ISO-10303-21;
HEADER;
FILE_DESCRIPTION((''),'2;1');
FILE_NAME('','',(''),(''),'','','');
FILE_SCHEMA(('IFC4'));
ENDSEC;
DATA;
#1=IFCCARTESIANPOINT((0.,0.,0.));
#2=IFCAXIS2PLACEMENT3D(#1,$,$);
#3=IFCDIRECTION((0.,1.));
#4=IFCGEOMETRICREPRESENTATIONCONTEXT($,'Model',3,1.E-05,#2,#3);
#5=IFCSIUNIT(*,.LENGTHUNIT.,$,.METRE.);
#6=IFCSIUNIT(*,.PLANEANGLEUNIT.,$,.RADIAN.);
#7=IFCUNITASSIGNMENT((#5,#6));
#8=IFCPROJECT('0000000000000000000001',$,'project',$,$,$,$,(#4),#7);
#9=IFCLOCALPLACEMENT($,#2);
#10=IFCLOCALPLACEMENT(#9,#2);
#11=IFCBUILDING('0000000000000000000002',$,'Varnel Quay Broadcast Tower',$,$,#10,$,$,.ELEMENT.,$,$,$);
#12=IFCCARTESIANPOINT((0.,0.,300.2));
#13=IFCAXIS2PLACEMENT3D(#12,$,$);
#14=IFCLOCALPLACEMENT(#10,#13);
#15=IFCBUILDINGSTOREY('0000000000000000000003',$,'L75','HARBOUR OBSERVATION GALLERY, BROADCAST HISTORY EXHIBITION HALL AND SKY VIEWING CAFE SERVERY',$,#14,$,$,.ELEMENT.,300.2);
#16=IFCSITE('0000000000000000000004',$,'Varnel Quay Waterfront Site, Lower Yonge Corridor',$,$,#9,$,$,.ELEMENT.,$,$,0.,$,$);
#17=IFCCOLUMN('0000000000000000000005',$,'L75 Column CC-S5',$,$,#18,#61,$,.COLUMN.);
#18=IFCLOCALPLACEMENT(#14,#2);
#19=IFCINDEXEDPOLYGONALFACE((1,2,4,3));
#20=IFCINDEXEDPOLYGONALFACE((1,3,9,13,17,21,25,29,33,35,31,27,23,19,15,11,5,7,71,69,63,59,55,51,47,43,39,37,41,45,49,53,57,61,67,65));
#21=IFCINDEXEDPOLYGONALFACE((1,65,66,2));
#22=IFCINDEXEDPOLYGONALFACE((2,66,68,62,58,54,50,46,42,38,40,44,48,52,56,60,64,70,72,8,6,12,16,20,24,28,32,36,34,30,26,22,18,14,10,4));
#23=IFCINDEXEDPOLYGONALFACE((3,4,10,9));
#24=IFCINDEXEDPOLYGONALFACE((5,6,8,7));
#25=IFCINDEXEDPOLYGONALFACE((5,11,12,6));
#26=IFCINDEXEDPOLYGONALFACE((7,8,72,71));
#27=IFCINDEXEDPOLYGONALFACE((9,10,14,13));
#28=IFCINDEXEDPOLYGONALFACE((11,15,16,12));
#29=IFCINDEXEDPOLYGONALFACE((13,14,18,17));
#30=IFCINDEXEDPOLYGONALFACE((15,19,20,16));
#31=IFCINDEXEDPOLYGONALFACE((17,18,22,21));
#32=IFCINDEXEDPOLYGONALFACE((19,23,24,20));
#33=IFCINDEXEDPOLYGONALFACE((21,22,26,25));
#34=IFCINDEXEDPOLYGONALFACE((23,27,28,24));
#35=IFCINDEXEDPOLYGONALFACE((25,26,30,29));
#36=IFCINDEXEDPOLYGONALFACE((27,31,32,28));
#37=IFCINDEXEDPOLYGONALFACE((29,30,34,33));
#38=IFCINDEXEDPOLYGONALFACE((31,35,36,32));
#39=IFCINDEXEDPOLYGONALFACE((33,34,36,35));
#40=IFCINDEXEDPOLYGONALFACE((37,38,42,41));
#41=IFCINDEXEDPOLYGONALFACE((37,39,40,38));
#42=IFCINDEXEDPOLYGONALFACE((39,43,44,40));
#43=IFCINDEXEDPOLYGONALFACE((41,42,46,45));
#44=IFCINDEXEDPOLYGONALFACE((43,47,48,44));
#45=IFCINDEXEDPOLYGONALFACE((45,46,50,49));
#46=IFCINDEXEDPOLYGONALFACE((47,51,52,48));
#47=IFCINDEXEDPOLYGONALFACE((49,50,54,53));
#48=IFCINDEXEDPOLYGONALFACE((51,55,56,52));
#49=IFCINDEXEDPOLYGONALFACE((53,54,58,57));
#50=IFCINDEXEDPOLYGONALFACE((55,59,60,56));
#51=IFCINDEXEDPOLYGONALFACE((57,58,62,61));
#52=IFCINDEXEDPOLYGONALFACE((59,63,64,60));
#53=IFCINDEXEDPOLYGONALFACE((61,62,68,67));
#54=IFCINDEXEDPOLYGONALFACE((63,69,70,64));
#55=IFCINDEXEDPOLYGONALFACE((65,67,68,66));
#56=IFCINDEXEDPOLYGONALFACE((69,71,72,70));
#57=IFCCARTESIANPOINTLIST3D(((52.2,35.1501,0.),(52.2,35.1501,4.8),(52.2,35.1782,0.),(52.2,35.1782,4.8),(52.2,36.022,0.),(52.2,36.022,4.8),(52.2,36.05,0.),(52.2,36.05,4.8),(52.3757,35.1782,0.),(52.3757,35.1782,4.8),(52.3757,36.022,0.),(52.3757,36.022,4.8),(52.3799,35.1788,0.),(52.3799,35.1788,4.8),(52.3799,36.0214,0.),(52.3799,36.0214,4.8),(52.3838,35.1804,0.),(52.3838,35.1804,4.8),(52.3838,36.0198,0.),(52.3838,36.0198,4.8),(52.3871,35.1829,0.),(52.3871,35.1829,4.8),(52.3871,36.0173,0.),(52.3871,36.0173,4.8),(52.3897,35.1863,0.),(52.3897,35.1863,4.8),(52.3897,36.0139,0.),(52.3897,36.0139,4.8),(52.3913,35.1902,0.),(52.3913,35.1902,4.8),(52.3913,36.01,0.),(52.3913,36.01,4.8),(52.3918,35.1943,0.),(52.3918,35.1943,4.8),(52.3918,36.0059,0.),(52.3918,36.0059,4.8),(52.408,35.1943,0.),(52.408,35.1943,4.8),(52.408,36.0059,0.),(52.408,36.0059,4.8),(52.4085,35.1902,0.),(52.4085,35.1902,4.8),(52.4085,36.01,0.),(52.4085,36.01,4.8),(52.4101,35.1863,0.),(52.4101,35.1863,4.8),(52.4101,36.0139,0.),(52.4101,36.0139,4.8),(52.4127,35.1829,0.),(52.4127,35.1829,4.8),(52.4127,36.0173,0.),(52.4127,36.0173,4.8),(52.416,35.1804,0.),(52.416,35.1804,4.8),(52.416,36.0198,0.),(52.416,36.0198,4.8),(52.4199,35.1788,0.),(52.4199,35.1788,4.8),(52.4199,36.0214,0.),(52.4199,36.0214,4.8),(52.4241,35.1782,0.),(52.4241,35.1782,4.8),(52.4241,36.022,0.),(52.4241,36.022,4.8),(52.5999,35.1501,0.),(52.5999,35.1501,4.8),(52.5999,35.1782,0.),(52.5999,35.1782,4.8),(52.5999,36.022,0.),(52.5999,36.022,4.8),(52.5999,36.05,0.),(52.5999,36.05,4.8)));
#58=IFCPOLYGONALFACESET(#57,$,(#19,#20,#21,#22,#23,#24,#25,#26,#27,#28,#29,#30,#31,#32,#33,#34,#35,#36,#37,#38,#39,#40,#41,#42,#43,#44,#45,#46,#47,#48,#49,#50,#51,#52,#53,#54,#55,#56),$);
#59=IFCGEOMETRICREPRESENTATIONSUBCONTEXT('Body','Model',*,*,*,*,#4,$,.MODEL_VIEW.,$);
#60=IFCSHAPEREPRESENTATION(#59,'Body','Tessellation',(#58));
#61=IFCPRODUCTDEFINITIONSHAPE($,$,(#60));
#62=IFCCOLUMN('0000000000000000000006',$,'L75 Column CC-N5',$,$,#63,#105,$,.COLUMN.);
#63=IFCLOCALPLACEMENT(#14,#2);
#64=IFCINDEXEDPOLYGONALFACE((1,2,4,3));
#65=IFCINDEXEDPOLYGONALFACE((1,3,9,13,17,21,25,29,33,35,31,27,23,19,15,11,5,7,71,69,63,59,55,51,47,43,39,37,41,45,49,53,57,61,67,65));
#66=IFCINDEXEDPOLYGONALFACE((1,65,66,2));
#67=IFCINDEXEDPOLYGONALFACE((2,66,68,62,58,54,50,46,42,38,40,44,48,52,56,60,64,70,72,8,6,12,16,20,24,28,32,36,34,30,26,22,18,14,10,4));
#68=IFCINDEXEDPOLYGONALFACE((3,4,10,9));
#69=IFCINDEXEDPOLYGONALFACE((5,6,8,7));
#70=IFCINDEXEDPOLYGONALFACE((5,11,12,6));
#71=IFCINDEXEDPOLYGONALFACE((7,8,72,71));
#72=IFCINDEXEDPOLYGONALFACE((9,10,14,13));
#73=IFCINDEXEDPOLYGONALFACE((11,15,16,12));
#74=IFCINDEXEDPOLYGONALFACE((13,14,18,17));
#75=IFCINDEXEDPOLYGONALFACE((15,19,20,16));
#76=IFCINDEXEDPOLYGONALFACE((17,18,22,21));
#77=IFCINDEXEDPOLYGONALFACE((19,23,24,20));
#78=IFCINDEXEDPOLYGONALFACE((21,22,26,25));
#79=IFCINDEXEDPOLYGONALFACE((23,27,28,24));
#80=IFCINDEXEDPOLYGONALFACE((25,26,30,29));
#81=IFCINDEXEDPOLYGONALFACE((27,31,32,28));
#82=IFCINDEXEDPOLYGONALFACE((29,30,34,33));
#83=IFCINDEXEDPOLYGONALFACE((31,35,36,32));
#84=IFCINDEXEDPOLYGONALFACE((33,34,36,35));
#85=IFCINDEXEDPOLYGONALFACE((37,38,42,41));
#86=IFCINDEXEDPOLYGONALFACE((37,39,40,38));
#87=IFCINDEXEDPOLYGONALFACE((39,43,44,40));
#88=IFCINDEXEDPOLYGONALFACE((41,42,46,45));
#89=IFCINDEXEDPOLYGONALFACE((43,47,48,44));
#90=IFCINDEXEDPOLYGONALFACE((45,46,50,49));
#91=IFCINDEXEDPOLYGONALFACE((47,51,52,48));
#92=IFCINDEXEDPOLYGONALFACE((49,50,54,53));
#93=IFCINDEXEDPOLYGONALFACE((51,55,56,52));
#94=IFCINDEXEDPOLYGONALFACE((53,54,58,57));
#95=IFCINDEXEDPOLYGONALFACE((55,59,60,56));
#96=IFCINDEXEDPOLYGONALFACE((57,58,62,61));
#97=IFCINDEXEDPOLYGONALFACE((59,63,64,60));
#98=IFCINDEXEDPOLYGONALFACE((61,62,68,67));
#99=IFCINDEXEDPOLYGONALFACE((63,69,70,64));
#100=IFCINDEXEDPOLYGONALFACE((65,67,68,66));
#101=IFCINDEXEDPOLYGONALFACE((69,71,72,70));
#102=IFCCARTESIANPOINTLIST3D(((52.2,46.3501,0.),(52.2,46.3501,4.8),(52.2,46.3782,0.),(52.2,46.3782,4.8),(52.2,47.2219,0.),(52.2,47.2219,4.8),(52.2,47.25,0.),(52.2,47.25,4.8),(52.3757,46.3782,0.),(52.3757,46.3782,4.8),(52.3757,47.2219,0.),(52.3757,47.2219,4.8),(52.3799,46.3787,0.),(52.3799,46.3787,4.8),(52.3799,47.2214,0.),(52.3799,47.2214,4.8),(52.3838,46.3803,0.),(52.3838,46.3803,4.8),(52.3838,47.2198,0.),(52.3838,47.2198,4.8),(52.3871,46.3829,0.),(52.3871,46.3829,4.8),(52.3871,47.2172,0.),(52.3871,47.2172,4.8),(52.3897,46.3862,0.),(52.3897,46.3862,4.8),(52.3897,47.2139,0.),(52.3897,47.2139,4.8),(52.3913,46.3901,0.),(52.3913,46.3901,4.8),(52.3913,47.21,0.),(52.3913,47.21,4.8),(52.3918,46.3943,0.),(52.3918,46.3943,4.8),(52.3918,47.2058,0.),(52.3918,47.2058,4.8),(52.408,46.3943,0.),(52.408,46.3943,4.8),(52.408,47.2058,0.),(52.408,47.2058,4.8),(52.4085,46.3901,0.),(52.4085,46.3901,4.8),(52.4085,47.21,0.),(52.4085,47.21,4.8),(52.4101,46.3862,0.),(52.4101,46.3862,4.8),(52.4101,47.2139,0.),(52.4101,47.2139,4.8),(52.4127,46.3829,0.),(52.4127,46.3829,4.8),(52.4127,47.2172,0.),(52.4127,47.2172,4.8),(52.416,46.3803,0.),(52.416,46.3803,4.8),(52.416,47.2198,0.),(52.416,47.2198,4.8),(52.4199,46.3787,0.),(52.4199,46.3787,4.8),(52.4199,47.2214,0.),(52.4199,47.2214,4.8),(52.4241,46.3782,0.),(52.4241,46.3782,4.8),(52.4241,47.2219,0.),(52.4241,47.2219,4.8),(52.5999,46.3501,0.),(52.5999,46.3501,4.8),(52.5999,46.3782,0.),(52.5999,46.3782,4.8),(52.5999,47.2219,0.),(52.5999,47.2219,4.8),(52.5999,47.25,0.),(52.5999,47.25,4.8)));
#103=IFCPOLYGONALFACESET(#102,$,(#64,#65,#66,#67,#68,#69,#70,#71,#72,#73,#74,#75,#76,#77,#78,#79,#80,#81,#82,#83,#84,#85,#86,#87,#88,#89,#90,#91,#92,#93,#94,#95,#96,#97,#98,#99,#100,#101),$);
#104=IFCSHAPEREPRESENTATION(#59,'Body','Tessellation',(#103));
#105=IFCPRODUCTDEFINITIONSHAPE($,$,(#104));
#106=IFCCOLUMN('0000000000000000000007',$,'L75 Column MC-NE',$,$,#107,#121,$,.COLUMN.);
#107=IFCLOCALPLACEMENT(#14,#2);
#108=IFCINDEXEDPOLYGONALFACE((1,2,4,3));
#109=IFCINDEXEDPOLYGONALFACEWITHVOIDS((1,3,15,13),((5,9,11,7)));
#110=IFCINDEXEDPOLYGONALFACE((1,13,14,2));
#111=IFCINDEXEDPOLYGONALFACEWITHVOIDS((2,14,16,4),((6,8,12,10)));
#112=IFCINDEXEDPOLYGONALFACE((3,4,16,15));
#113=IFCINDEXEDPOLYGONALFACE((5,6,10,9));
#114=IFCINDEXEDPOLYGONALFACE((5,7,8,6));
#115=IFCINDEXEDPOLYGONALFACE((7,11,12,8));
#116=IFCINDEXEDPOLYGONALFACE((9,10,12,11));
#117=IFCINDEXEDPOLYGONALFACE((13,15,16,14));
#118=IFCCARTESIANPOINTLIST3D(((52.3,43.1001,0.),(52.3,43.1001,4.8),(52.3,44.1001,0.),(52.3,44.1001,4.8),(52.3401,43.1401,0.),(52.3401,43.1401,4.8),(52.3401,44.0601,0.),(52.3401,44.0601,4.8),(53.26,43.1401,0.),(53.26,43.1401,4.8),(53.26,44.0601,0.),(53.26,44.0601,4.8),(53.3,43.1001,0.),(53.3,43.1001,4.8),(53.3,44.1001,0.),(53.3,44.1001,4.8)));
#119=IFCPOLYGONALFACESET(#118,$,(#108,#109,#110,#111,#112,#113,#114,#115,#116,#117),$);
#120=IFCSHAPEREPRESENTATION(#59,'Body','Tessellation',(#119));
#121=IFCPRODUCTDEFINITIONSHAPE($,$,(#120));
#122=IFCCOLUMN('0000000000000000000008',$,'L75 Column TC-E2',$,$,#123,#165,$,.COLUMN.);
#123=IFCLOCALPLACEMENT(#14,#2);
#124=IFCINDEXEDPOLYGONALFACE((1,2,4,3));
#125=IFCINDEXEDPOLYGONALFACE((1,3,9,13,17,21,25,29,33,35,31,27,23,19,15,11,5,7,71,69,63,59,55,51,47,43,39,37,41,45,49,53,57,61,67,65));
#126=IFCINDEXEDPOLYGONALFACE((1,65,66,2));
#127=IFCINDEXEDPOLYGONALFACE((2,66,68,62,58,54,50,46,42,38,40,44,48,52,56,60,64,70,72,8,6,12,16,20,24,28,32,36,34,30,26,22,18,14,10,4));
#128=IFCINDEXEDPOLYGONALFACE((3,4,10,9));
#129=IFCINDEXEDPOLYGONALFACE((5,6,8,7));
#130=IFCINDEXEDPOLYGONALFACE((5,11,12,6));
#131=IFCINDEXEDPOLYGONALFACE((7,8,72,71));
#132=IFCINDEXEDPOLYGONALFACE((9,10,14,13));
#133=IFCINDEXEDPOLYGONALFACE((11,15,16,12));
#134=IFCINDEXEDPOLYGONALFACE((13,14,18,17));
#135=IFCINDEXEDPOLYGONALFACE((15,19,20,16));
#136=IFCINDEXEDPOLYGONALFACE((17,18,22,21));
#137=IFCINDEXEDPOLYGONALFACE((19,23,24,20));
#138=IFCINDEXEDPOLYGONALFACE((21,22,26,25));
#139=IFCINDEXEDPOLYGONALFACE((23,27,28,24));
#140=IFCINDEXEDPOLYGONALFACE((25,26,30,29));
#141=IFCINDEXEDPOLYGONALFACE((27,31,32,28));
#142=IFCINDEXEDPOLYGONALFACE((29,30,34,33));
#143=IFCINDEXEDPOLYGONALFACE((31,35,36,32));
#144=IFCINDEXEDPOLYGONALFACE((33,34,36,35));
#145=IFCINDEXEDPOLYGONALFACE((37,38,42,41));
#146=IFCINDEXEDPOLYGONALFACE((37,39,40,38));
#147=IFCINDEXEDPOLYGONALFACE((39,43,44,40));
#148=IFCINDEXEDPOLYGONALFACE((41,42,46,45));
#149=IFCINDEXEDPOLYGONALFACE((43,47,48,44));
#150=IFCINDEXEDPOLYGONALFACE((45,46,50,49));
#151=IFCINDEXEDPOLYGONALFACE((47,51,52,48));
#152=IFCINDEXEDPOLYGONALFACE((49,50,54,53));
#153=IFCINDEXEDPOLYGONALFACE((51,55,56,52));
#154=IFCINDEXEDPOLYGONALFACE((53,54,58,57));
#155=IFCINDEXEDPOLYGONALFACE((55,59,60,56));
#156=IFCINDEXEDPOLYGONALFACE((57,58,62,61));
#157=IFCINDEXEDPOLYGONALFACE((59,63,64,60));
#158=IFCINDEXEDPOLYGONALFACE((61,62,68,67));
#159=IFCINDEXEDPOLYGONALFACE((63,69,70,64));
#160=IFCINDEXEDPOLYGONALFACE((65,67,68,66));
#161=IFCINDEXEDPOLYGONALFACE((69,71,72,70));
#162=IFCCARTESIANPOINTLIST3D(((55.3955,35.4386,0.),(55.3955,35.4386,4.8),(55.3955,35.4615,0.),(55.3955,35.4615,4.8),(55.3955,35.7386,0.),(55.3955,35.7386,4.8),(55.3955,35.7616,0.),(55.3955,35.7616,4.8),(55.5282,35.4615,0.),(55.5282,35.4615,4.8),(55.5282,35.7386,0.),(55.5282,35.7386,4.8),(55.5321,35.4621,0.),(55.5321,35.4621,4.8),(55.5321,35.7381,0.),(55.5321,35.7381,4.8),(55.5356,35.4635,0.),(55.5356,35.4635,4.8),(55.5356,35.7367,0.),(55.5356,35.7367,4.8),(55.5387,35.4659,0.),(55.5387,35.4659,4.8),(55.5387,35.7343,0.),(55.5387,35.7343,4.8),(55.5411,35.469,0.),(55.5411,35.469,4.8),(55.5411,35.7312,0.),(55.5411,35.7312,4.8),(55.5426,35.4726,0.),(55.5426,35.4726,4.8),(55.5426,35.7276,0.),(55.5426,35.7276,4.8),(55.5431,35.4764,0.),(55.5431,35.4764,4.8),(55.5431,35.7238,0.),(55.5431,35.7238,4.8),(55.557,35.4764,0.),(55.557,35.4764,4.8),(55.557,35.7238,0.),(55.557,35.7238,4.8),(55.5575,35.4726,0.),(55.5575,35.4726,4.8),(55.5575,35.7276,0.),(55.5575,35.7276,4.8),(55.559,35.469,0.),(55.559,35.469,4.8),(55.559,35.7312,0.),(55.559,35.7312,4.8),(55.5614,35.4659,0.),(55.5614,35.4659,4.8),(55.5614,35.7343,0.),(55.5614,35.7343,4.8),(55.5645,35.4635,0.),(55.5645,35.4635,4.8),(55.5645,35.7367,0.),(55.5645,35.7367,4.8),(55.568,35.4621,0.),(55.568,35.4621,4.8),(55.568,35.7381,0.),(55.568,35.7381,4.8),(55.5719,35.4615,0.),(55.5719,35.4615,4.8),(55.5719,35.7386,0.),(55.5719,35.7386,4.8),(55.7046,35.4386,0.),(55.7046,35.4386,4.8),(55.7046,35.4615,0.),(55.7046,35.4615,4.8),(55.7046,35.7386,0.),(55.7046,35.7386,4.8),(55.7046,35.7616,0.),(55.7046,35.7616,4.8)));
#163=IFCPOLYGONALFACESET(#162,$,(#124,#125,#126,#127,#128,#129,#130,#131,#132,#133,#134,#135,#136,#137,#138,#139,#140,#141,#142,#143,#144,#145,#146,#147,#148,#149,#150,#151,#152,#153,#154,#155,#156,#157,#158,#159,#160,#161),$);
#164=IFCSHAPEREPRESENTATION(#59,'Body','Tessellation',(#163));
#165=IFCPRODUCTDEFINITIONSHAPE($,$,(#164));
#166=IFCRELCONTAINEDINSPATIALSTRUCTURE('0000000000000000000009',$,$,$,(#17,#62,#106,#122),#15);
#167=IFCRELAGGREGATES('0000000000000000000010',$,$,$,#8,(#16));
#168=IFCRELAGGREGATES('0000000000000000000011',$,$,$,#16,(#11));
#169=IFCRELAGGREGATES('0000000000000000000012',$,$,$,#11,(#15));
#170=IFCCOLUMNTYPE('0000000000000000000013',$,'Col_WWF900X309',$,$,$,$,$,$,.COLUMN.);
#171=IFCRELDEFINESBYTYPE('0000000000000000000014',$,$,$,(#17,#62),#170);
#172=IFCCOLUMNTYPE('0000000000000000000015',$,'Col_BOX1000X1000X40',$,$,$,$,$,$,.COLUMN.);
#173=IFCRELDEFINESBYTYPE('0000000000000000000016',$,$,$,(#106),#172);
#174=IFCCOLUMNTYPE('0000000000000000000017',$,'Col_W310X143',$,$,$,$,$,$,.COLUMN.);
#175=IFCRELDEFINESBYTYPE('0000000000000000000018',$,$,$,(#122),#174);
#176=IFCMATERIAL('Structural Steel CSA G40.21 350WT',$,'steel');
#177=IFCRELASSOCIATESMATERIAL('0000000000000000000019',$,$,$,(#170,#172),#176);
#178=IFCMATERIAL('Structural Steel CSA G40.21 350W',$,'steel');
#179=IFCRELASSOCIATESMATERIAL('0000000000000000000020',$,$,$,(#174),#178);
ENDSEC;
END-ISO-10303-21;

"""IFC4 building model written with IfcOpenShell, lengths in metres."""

from ifc_helpers import new_model, si_unit, direction, frame, origin, origin_2d, place, context, subcontext, project, spatial, hollow_rectangle, i_section, extrude, source, transform, mapped, material, material_profile, profile_set, type_object, type_shapes, element, save


model = new_model("IFC4")

# Units and contexts
model_context = context("Model", 3, precision=1e-05, world=origin(), true_north=direction((0.0, 1.0)))
body_context = subcontext(model_context, "Body", "Model", "MODEL_VIEW")
ifc_project = project(units=[si_unit("LENGTHUNIT", "METRE"), si_unit("PLANEANGLEUNIT", "RADIAN")], contexts=[model_context])

# Site, building, storey
site_placement = place(None, origin())
site = spatial("IfcSite", under=ifc_project, at=site_placement, Name="Varnel Quay Waterfront Site, Lower Yonge Corridor", CompositionType="ELEMENT", RefElevation=0.0)
building_placement = place(site_placement, origin())
building = spatial("IfcBuilding", under=site, at=building_placement, Name="Varnel Quay Broadcast Tower", CompositionType="ELEMENT")
storey_placement = place(building_placement, frame((0.0, 0.0, 300.2)))
storey = spatial("IfcBuildingStorey", under=building, at=storey_placement, Name="L75", Description="HARBOUR OBSERVATION GALLERY, BROADCAST HISTORY EXHIBITION HALL AND SKY VIEWING CAFE SERVERY", CompositionType="ELEMENT", Elevation=300.2)

# Columns
ifc_material_1 = material(Name="Structural Steel CSA G40.21 350WT", Category="steel")
ifc_material_profile_1 = material_profile(ifc_material_1, i_section(OverallWidth=0.3999, OverallDepth=0.8999, WebThickness=0.0161, FlangeThickness=0.0281, FilletRadius=0.0161, at=origin_2d()), Name="WWF900X309")
ifc_profile_set_1 = profile_set([ifc_material_profile_1], Name="Structural Steel CSA G40.21 350WT")
column_type_1 = type_object("IfcColumnType", Name="Col_WWF900X309", PredefinedType="COLUMN", material=ifc_profile_set_1)
shared_shape_1 = source(origin(), body_context, "Body", "SweptSolid", [
    extrude(i_section(OverallWidth=0.3999, OverallDepth=0.8999, WebThickness=0.0161, FlangeThickness=0.0281, FilletRadius=0.0161, at=origin_2d()), origin(), (0.0, 0.0, 1.0), 4.8),
])
type_shapes(column_type_1, [shared_shape_1])
for number, where, z_axis, x_axis, name in (
    (1, (52.3999, 35.6001, 0.0), (0.0, 0.0, 1.0), (1.0, 0.0, 0.0), "L75 Column CC-S5"),
    (2, (52.3999, 46.8, 0.0), (0.0, 0.0, 1.0), (1.0, 0.0, 0.0), "L75 Column CC-N5"),
):
    element("IfcColumn", number, at=place(storey_placement, frame(where, z_axis=z_axis, x_axis=x_axis)), inside=storey, type_object=column_type_1, Name=name, PredefinedType="COLUMN", context=body_context, shape_type="MappedRepresentation", body=[
        mapped(shared_shape_1, transform((0.0, 0.0, 0.0), x_axis=(1.0, 0.0, 0.0), y_axis=(0.0, 1.0, 0.0), z_axis=(0.0, 0.0, 1.0), scale=1.0)),
    ])
ifc_material_profile_2 = material_profile(ifc_material_1, hollow_rectangle(XDim=1.0, YDim=1.0, WallThickness=0.04, at=origin_2d()), Name="BOX1000X1000X40")
ifc_profile_set_2 = profile_set([ifc_material_profile_2], Name="Structural Steel CSA G40.21 350WT")
column_type_2 = type_object("IfcColumnType", Name="Col_BOX1000X1000X40", PredefinedType="COLUMN", material=ifc_profile_set_2)
shared_shape_2 = source(origin(), body_context, "Body", "SweptSolid", [
    extrude(hollow_rectangle(XDim=1.0, YDim=1.0, WallThickness=0.04, at=origin_2d()), origin(), (0.0, 0.0, 1.0), 4.8),
])
type_shapes(column_type_2, [shared_shape_2])
column_1_placement = place(storey_placement, frame((52.8, 43.6001, 0.0), z_axis=(0.0, 0.0, 1.0), x_axis=(1.0, 0.0, 0.0)))
element("IfcColumn", 3, at=column_1_placement, inside=storey, type_object=column_type_2, Name="L75 Column MC-NE", PredefinedType="COLUMN", context=body_context, shape_type="MappedRepresentation", body=[
    mapped(shared_shape_2, transform((0.0, 0.0, 0.0), x_axis=(1.0, 0.0, 0.0), y_axis=(0.0, 1.0, 0.0), z_axis=(0.0, 0.0, 1.0), scale=1.0)),
])
ifc_material_2 = material(Name="Structural Steel CSA G40.21 350W", Category="steel")
ifc_material_profile_3 = material_profile(ifc_material_2, i_section(OverallWidth=0.3091, OverallDepth=0.323, WebThickness=0.0139, FlangeThickness=0.0229, FilletRadius=0.0149, at=origin_2d()), Name="W310X143")
ifc_profile_set_3 = profile_set([ifc_material_profile_3], Name="Structural Steel CSA G40.21 350W")
column_type_3 = type_object("IfcColumnType", Name="Col_W310X143", PredefinedType="COLUMN", material=ifc_profile_set_3)
shared_shape_3 = source(origin(), body_context, "Body", "SweptSolid", [
    extrude(i_section(OverallWidth=0.3091, OverallDepth=0.323, WebThickness=0.0139, FlangeThickness=0.0229, FilletRadius=0.0149, at=origin_2d()), origin(), (0.0, 0.0, 1.0), 4.8),
])
type_shapes(column_type_3, [shared_shape_3])
column_2_placement = place(storey_placement, frame((55.55, 35.6001, 0.0), z_axis=(0.0, 0.0, 1.0), x_axis=(1.0, 0.0, 0.0)))
element("IfcColumn", 4, at=column_2_placement, inside=storey, type_object=column_type_3, Name="L75 Column TC-E2", PredefinedType="COLUMN", context=body_context, shape_type="MappedRepresentation", body=[
    mapped(shared_shape_3, transform((0.0, 0.0, 0.0), x_axis=(1.0, 0.0, 0.0), y_axis=(0.0, 1.0, 0.0), z_axis=(0.0, 0.0, 1.0), scale=1.0)),
])

save(model, "model.ifc")
